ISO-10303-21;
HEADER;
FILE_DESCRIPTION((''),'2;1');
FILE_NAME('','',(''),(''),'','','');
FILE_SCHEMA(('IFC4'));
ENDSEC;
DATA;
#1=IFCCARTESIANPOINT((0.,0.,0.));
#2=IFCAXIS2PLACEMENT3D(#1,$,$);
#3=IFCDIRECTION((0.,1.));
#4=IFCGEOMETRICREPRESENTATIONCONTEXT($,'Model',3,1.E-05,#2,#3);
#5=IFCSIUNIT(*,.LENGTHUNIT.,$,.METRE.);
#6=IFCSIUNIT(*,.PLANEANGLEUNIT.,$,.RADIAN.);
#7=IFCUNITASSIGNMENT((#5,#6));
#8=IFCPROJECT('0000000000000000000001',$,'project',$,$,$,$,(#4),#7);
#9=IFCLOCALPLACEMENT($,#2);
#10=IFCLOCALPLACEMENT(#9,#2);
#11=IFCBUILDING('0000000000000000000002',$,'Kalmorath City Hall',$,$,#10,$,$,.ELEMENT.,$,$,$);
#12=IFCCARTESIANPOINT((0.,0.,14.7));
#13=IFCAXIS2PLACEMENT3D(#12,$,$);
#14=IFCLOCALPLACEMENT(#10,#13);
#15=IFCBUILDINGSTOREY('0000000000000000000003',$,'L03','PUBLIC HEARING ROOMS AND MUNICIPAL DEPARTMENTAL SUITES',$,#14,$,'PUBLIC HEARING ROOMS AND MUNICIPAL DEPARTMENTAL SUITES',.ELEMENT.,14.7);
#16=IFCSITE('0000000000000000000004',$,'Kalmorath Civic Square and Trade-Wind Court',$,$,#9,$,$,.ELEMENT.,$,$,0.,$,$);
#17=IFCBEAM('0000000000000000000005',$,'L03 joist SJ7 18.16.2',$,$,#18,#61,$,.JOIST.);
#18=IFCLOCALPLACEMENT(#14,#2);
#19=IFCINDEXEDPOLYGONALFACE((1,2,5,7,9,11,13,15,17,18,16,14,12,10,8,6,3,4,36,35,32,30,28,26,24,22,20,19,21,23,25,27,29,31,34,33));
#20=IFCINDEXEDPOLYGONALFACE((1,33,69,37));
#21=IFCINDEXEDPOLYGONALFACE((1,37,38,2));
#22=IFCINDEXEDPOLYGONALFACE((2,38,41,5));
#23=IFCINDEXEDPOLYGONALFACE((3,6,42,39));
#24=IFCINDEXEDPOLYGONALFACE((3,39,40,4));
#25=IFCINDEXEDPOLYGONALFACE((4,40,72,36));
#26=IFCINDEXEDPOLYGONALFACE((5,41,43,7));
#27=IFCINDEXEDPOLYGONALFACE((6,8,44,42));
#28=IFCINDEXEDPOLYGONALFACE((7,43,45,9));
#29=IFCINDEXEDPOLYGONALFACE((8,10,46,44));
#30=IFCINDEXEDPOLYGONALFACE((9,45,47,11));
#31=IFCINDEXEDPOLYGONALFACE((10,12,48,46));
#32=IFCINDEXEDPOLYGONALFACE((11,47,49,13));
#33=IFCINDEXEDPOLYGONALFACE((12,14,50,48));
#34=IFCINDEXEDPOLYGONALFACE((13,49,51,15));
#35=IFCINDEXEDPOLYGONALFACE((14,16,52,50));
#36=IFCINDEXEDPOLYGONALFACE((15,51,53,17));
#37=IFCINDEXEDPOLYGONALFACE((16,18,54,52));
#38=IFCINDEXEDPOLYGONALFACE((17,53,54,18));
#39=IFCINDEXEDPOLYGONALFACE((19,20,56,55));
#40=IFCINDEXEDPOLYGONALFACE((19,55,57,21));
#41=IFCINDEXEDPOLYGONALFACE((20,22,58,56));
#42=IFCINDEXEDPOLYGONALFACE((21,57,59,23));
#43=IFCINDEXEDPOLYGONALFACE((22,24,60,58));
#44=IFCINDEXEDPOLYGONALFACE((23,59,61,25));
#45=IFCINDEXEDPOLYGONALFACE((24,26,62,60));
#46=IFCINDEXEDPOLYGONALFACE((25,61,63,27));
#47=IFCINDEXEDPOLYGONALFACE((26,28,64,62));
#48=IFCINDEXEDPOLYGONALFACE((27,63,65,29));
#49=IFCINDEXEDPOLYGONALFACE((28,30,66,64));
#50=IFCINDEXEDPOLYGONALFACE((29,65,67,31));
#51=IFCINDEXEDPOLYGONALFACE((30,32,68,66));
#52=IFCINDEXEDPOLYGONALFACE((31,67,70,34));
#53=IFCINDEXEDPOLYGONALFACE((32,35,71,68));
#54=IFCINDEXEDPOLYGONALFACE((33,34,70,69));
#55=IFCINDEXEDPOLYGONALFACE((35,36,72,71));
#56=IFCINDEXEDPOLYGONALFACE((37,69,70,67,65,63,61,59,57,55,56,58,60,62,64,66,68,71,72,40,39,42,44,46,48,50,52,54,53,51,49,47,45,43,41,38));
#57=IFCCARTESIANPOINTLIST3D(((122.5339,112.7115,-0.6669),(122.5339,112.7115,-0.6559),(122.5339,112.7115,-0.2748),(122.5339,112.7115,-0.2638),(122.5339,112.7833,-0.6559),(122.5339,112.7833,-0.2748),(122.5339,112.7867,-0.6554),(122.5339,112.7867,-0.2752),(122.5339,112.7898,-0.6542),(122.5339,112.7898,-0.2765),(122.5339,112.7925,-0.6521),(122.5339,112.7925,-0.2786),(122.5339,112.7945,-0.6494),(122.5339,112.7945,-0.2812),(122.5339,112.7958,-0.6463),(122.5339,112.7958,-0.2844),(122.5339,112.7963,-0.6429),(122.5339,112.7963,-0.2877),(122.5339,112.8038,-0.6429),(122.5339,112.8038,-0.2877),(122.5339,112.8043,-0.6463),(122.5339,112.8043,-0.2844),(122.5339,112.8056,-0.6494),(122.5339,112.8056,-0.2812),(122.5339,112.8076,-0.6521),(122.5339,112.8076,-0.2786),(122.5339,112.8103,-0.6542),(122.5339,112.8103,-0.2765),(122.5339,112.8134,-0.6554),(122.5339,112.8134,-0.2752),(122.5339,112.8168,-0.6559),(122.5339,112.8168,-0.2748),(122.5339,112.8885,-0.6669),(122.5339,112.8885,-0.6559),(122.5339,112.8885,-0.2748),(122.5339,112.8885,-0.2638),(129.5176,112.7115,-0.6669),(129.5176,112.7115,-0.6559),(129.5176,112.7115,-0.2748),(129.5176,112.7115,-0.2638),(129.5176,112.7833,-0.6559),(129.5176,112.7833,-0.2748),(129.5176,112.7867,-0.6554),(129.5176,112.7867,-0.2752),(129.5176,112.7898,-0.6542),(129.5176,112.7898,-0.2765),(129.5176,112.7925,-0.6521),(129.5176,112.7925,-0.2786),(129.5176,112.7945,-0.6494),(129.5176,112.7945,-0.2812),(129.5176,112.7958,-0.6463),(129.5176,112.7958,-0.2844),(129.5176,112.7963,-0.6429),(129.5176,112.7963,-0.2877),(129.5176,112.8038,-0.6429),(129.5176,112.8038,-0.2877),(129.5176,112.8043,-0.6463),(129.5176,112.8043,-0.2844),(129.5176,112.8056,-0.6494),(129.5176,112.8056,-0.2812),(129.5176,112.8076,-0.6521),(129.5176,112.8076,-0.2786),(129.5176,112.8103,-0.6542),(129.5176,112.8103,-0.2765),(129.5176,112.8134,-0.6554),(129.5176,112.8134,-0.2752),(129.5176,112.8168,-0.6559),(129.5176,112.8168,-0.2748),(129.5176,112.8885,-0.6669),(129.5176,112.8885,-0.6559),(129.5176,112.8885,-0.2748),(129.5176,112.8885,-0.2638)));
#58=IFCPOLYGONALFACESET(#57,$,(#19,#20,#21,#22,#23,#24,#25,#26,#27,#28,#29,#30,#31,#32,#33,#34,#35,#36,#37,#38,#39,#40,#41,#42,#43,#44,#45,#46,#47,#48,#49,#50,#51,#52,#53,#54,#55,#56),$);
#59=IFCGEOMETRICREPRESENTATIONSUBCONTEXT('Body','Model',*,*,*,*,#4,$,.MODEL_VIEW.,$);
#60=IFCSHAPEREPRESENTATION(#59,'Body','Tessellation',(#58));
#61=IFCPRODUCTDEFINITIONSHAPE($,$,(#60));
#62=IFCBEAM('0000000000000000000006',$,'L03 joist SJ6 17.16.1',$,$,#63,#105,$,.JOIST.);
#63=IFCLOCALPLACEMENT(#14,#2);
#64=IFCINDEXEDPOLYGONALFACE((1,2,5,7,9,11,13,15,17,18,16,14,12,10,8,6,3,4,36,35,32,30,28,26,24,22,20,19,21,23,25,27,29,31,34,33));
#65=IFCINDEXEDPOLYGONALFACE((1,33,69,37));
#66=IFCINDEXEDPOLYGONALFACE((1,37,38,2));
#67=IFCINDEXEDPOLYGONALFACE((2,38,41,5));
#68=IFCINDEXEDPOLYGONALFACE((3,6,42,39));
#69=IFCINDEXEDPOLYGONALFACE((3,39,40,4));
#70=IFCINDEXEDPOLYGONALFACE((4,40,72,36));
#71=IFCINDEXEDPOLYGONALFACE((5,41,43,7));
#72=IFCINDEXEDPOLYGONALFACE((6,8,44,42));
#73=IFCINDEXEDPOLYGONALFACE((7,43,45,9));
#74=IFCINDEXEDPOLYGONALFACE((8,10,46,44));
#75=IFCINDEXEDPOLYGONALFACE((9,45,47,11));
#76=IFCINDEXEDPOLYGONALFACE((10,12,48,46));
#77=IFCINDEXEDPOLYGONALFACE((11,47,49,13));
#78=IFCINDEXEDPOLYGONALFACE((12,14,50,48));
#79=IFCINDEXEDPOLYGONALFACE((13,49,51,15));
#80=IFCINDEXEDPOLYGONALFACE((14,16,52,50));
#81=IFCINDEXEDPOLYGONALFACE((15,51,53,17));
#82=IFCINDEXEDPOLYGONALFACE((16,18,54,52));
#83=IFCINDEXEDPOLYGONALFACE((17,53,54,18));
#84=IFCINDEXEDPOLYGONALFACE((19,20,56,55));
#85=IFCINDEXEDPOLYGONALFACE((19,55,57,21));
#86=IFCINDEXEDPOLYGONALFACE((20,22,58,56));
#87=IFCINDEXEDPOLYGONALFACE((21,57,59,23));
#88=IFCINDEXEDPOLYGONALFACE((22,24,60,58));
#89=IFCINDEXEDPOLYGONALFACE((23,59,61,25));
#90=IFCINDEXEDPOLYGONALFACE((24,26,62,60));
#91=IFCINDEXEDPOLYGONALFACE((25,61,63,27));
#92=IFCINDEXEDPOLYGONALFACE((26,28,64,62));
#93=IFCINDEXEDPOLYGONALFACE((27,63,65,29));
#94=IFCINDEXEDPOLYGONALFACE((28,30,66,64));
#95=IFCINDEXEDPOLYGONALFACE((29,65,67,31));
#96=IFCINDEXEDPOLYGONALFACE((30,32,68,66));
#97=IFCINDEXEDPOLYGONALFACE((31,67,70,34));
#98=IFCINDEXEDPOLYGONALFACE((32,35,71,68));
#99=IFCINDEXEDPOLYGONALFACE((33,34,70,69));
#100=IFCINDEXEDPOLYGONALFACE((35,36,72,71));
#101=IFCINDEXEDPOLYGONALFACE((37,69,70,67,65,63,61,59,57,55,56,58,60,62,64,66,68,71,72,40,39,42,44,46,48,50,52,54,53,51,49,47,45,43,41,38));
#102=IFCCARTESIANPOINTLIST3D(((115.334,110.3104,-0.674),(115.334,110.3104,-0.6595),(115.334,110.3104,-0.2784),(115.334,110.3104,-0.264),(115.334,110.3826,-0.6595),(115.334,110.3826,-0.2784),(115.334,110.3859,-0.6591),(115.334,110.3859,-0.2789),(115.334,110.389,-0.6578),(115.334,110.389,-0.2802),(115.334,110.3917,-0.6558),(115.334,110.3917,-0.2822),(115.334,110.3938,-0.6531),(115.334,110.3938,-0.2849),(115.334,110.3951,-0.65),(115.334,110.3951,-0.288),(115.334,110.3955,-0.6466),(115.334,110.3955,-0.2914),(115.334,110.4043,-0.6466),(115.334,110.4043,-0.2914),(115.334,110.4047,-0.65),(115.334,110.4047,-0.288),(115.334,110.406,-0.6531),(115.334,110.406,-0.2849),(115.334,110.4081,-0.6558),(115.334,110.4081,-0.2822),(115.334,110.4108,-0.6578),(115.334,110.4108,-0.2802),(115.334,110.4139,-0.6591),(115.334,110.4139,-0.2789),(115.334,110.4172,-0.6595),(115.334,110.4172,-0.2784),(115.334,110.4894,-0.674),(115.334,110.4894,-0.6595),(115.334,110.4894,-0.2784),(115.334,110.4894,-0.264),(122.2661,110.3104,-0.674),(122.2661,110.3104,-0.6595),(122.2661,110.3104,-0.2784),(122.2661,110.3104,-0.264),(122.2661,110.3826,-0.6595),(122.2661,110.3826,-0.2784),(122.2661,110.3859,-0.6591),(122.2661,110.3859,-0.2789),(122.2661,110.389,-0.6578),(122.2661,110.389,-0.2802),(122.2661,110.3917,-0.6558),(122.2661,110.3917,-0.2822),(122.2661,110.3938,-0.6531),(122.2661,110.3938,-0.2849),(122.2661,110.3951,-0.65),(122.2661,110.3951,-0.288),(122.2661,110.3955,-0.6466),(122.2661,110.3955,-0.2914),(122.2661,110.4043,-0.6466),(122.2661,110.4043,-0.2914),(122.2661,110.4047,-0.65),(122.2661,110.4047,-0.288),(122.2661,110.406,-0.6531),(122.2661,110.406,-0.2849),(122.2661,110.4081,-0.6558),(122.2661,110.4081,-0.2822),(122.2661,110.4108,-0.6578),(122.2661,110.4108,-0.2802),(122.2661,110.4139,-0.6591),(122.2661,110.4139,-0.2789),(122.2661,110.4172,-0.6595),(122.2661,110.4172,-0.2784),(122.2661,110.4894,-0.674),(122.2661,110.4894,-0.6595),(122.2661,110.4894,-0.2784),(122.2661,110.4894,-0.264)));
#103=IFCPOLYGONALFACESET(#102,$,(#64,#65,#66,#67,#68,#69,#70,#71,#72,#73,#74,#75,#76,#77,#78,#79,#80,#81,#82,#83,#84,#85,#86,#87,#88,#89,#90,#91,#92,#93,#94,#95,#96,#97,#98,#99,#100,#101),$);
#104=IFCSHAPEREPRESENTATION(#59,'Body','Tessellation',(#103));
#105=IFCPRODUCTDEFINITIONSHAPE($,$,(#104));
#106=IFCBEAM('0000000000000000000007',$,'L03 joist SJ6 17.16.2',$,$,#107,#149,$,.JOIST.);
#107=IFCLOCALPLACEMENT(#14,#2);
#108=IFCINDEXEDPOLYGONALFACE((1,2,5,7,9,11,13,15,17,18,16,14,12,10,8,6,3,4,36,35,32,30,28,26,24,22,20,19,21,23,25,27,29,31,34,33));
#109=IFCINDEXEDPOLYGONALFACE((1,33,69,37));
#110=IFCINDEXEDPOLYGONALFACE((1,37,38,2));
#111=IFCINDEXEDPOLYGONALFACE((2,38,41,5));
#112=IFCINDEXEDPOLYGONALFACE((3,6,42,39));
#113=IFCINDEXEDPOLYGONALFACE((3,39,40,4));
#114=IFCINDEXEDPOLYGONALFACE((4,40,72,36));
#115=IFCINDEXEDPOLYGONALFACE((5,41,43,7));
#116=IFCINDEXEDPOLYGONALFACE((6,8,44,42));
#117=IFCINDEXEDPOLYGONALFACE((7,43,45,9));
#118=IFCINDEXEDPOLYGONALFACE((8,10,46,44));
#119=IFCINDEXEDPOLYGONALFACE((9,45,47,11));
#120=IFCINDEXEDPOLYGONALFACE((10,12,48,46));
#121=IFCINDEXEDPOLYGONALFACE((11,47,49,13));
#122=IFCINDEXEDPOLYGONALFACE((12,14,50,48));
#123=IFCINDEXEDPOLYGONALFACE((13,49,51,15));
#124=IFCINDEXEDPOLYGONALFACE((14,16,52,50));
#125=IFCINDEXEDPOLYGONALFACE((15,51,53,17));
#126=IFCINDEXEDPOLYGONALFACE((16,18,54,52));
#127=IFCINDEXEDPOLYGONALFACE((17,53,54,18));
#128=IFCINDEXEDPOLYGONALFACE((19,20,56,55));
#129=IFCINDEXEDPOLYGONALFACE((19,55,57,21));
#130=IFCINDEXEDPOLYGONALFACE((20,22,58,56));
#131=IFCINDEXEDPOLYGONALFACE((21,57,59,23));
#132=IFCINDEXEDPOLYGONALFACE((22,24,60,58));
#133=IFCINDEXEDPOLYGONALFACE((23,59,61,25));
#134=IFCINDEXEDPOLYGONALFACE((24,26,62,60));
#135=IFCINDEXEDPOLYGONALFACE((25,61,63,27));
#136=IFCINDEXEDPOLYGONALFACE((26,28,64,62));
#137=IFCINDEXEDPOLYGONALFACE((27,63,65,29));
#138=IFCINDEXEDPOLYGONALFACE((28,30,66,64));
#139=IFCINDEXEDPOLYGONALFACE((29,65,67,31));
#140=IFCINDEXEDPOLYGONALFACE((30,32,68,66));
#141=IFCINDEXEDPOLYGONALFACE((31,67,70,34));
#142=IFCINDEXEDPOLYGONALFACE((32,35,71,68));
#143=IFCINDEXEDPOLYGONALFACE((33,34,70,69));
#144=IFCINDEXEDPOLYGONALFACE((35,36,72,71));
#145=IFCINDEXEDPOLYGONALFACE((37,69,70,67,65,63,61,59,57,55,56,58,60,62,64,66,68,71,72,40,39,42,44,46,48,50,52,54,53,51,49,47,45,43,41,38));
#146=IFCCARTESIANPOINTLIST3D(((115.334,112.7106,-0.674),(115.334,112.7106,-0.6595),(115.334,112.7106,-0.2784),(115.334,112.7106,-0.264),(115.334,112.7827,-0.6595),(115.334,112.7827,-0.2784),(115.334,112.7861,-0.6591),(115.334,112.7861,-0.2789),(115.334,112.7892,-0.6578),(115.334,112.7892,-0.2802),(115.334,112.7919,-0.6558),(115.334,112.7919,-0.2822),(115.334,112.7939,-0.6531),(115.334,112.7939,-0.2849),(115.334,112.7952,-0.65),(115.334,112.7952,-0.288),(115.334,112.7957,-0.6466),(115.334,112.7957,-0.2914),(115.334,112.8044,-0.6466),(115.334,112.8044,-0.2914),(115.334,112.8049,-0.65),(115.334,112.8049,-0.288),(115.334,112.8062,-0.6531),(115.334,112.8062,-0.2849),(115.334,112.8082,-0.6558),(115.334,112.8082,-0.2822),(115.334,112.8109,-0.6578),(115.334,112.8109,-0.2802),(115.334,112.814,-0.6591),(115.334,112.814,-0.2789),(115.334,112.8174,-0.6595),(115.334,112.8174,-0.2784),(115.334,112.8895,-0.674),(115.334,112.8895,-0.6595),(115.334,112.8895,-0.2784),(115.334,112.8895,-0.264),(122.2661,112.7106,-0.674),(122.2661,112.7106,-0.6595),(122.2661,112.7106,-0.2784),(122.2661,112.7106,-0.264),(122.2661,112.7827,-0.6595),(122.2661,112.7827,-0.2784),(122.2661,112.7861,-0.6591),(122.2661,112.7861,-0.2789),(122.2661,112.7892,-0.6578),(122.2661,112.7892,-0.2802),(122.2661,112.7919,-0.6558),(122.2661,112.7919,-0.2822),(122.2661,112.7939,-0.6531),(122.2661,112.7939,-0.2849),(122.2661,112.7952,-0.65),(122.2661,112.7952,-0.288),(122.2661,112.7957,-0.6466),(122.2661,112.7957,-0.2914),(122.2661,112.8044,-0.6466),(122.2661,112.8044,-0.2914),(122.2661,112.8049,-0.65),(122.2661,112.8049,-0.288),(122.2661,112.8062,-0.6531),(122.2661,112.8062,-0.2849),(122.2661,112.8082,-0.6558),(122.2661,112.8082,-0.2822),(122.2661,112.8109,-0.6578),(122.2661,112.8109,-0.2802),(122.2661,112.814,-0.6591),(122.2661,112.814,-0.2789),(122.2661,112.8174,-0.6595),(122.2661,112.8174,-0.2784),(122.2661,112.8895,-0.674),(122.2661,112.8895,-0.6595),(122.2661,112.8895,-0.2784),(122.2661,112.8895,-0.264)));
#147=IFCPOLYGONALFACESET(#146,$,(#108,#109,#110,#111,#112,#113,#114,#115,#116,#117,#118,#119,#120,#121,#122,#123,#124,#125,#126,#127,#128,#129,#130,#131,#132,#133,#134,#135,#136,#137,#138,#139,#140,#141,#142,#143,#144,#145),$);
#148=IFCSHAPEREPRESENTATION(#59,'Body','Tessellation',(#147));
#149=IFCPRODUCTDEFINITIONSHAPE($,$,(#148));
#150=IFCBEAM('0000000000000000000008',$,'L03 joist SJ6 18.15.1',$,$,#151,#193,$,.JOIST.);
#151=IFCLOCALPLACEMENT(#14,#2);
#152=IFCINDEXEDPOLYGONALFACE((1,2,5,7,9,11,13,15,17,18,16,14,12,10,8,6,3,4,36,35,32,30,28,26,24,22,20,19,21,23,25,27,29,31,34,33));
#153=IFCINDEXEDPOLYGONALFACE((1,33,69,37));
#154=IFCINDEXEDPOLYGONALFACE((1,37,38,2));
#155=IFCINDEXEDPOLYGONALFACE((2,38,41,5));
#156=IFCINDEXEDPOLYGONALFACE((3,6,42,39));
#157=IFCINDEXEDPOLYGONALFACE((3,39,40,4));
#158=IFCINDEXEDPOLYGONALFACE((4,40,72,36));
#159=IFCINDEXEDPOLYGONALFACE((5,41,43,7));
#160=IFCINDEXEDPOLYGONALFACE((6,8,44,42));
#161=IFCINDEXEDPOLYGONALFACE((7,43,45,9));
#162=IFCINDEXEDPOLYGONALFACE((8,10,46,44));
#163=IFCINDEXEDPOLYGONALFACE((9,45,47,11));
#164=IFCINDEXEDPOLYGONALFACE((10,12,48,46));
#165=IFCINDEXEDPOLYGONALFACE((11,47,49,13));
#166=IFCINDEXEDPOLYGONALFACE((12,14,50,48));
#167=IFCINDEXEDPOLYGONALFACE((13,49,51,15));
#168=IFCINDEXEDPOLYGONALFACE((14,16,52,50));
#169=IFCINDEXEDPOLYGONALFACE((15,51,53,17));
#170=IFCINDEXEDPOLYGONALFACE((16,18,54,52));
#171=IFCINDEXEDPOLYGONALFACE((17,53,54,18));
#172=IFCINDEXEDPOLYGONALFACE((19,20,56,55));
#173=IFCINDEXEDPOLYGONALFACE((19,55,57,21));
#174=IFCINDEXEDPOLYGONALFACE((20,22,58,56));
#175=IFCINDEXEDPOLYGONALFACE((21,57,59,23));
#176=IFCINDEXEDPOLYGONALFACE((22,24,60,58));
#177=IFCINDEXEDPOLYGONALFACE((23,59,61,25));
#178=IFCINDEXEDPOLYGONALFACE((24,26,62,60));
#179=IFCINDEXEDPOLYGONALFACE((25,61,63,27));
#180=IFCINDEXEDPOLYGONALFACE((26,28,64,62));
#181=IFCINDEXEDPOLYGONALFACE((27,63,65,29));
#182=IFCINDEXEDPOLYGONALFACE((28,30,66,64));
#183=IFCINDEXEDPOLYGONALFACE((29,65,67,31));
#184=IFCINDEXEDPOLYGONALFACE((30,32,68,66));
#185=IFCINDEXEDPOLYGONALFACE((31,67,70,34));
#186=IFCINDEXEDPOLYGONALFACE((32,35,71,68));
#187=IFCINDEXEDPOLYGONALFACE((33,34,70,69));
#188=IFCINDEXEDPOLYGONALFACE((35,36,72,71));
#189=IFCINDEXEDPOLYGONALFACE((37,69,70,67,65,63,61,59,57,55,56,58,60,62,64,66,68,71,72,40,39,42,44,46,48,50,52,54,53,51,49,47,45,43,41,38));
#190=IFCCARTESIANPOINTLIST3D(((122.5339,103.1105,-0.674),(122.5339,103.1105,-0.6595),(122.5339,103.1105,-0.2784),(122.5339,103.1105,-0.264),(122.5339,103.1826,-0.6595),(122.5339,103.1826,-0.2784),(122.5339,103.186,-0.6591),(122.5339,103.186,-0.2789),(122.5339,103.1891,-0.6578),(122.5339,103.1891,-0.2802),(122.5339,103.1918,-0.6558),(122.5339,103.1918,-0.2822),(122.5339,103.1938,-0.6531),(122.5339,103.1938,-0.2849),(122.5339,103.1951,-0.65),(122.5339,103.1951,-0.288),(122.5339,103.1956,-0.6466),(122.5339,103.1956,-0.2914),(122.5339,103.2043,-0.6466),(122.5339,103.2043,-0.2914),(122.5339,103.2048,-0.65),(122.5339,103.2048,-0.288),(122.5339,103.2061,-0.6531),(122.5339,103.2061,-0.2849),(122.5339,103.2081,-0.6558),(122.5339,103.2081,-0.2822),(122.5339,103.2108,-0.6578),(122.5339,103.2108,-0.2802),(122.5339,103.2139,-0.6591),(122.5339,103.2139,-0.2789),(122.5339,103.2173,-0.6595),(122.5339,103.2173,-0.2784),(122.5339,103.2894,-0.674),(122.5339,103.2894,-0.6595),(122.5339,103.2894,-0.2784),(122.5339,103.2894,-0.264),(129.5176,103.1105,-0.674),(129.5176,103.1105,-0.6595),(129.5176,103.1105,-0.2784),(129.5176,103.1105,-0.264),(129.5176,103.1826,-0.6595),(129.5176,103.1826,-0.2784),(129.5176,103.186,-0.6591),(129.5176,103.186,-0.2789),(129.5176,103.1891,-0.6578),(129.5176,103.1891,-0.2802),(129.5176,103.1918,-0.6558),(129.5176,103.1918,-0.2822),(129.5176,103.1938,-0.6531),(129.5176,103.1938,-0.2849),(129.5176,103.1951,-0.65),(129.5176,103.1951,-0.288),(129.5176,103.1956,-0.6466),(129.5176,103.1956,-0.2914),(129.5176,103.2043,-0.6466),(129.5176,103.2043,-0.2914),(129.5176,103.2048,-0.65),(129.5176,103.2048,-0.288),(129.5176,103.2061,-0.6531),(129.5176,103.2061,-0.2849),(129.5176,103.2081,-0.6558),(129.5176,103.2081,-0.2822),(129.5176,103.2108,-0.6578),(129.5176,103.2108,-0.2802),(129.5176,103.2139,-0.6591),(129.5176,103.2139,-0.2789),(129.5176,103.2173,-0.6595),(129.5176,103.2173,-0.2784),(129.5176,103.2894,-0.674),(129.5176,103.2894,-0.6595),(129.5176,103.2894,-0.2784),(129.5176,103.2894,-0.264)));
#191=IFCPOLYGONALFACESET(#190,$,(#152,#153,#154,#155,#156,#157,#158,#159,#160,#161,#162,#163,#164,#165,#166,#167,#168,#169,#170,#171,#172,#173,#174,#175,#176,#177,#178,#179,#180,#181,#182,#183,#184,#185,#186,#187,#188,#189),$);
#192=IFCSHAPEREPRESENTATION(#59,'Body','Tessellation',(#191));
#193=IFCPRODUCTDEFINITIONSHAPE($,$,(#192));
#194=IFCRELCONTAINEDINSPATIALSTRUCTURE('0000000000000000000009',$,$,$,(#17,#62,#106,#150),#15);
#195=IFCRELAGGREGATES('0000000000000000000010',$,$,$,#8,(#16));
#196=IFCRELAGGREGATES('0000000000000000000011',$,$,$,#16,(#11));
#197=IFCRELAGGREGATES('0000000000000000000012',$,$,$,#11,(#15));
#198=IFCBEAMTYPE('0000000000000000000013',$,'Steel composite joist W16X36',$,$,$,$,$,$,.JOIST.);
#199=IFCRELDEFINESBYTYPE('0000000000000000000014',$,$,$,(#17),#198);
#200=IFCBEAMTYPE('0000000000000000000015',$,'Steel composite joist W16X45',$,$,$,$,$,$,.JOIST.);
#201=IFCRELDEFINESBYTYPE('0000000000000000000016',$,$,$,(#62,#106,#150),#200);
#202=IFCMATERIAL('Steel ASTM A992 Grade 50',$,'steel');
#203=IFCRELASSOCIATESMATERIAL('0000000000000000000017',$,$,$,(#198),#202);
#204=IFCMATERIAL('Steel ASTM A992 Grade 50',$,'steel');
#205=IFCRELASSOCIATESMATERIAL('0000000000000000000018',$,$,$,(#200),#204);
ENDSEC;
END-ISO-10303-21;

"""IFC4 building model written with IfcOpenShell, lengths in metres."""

from ifc_helpers import new_model, si_unit, direction, frame, origin, origin_2d, place, context, subcontext, project, spatial, i_section, extrude, material, material_profile, profile_set, type_object, element, save


model = new_model("IFC4")

# Units and contexts
model_context = context("Model", 3, precision=1e-05, world=origin(), true_north=direction((0.0, 1.0)))
body_context = subcontext(model_context, "Body", "Model", "MODEL_VIEW")
ifc_project = project(units=[si_unit("LENGTHUNIT", "METRE"), si_unit("PLANEANGLEUNIT", "RADIAN")], contexts=[model_context])

# Site, building, storey
site_placement = place(None, origin())
site = spatial("IfcSite", under=ifc_project, at=site_placement, Name="Kalmorath Civic Square and Trade-Wind Court", CompositionType="ELEMENT", RefElevation=0.0)
building_placement = place(site_placement, origin())
building = spatial("IfcBuilding", under=site, at=building_placement, Name="Kalmorath City Hall", CompositionType="ELEMENT")
storey_placement = place(building_placement, frame((0.0, 0.0, 14.7)))
storey = spatial("IfcBuildingStorey", under=building, at=storey_placement, Name="L03", Description="PUBLIC HEARING ROOMS AND MUNICIPAL DEPARTMENTAL SUITES", LongName="PUBLIC HEARING ROOMS AND MUNICIPAL DEPARTMENTAL SUITES", CompositionType="ELEMENT", Elevation=14.7)

# Beams
ifc_material_1 = material(Name="Steel ASTM A992 Grade 50", Category="steel")
ifc_material_profile_1 = material_profile(ifc_material_1, i_section(OverallWidth=0.177, OverallDepth=0.4031, WebThickness=0.0076, FlangeThickness=0.011, FilletRadius=0.0129, at=origin_2d()), Name="W16X36")
ifc_profile_set_1 = profile_set([ifc_material_profile_1], Name="Steel ASTM A992 Grade 50")
beam_type_1 = type_object("IfcBeamType", Name="Steel composite joist W16X36", PredefinedType="JOIST", material=ifc_profile_set_1)
for number, where, z_axis, x_axis, name in (
    (1, (122.5339, 112.8, -0.4653), (1.0, 0.0, 0.0), (0.0, 1.0, 0.0), "L03 joist SJ7 18.16.2"),
):
    element("IfcBeam", number, at=place(storey_placement, frame(where, z_axis=z_axis, x_axis=x_axis)), inside=storey, type_object=beam_type_1, Name=name, PredefinedType="JOIST", context=body_context, shape_type="SweptSolid", body=[
        extrude(i_section(OverallWidth=0.177, OverallDepth=0.4031, WebThickness=0.0076, FlangeThickness=0.011, FilletRadius=0.0129, at=origin_2d()), origin(), (0.0, 0.0, 1.0), 6.9836),
    ])
ifc_material_2 = material(Name="Steel ASTM A992 Grade 50", Category="steel")
ifc_material_profile_2 = material_profile(ifc_material_2, i_section(OverallWidth=0.179, OverallDepth=0.4099, WebThickness=0.0088, FlangeThickness=0.0144, FilletRadius=0.0129, at=origin_2d()), Name="W16X45")
ifc_profile_set_2 = profile_set([ifc_material_profile_2], Name="Steel ASTM A992 Grade 50")
beam_type_2 = type_object("IfcBeamType", Name="Steel composite joist W16X45", PredefinedType="JOIST", material=ifc_profile_set_2)
for number, where, z_axis, x_axis, name in (
    (2, (115.334, 110.3999, -0.469), (1.0, 0.0, 0.0), (0.0, 1.0, 0.0), "L03 joist SJ6 17.16.1"),
    (3, (115.334, 112.8, -0.469), (1.0, 0.0, 0.0), (0.0, 1.0, 0.0), "L03 joist SJ6 17.16.2"),
):
    element("IfcBeam", number, at=place(storey_placement, frame(where, z_axis=z_axis, x_axis=x_axis)), inside=storey, type_object=beam_type_2, Name=name, PredefinedType="JOIST", context=body_context, shape_type="SweptSolid", body=[
        extrude(i_section(OverallWidth=0.179, OverallDepth=0.4099, WebThickness=0.0088, FlangeThickness=0.0144, FilletRadius=0.0129, at=origin_2d()), origin(), (0.0, 0.0, 1.0), 6.9321),
    ])
for number, where, z_axis, x_axis, name in (
    (4, (122.5339, 103.2, -0.469), (1.0, 0.0, 0.0), (0.0, 1.0, 0.0), "L03 joist SJ6 18.15.1"),
):
    element("IfcBeam", number, at=place(storey_placement, frame(where, z_axis=z_axis, x_axis=x_axis)), inside=storey, type_object=beam_type_2, Name=name, PredefinedType="JOIST", context=body_context, shape_type="SweptSolid", body=[
        extrude(i_section(OverallWidth=0.179, OverallDepth=0.4099, WebThickness=0.0088, FlangeThickness=0.0144, FilletRadius=0.0129, at=origin_2d()), origin(), (0.0, 0.0, 1.0), 6.9836),
    ])

save(model, "model.ifc")
